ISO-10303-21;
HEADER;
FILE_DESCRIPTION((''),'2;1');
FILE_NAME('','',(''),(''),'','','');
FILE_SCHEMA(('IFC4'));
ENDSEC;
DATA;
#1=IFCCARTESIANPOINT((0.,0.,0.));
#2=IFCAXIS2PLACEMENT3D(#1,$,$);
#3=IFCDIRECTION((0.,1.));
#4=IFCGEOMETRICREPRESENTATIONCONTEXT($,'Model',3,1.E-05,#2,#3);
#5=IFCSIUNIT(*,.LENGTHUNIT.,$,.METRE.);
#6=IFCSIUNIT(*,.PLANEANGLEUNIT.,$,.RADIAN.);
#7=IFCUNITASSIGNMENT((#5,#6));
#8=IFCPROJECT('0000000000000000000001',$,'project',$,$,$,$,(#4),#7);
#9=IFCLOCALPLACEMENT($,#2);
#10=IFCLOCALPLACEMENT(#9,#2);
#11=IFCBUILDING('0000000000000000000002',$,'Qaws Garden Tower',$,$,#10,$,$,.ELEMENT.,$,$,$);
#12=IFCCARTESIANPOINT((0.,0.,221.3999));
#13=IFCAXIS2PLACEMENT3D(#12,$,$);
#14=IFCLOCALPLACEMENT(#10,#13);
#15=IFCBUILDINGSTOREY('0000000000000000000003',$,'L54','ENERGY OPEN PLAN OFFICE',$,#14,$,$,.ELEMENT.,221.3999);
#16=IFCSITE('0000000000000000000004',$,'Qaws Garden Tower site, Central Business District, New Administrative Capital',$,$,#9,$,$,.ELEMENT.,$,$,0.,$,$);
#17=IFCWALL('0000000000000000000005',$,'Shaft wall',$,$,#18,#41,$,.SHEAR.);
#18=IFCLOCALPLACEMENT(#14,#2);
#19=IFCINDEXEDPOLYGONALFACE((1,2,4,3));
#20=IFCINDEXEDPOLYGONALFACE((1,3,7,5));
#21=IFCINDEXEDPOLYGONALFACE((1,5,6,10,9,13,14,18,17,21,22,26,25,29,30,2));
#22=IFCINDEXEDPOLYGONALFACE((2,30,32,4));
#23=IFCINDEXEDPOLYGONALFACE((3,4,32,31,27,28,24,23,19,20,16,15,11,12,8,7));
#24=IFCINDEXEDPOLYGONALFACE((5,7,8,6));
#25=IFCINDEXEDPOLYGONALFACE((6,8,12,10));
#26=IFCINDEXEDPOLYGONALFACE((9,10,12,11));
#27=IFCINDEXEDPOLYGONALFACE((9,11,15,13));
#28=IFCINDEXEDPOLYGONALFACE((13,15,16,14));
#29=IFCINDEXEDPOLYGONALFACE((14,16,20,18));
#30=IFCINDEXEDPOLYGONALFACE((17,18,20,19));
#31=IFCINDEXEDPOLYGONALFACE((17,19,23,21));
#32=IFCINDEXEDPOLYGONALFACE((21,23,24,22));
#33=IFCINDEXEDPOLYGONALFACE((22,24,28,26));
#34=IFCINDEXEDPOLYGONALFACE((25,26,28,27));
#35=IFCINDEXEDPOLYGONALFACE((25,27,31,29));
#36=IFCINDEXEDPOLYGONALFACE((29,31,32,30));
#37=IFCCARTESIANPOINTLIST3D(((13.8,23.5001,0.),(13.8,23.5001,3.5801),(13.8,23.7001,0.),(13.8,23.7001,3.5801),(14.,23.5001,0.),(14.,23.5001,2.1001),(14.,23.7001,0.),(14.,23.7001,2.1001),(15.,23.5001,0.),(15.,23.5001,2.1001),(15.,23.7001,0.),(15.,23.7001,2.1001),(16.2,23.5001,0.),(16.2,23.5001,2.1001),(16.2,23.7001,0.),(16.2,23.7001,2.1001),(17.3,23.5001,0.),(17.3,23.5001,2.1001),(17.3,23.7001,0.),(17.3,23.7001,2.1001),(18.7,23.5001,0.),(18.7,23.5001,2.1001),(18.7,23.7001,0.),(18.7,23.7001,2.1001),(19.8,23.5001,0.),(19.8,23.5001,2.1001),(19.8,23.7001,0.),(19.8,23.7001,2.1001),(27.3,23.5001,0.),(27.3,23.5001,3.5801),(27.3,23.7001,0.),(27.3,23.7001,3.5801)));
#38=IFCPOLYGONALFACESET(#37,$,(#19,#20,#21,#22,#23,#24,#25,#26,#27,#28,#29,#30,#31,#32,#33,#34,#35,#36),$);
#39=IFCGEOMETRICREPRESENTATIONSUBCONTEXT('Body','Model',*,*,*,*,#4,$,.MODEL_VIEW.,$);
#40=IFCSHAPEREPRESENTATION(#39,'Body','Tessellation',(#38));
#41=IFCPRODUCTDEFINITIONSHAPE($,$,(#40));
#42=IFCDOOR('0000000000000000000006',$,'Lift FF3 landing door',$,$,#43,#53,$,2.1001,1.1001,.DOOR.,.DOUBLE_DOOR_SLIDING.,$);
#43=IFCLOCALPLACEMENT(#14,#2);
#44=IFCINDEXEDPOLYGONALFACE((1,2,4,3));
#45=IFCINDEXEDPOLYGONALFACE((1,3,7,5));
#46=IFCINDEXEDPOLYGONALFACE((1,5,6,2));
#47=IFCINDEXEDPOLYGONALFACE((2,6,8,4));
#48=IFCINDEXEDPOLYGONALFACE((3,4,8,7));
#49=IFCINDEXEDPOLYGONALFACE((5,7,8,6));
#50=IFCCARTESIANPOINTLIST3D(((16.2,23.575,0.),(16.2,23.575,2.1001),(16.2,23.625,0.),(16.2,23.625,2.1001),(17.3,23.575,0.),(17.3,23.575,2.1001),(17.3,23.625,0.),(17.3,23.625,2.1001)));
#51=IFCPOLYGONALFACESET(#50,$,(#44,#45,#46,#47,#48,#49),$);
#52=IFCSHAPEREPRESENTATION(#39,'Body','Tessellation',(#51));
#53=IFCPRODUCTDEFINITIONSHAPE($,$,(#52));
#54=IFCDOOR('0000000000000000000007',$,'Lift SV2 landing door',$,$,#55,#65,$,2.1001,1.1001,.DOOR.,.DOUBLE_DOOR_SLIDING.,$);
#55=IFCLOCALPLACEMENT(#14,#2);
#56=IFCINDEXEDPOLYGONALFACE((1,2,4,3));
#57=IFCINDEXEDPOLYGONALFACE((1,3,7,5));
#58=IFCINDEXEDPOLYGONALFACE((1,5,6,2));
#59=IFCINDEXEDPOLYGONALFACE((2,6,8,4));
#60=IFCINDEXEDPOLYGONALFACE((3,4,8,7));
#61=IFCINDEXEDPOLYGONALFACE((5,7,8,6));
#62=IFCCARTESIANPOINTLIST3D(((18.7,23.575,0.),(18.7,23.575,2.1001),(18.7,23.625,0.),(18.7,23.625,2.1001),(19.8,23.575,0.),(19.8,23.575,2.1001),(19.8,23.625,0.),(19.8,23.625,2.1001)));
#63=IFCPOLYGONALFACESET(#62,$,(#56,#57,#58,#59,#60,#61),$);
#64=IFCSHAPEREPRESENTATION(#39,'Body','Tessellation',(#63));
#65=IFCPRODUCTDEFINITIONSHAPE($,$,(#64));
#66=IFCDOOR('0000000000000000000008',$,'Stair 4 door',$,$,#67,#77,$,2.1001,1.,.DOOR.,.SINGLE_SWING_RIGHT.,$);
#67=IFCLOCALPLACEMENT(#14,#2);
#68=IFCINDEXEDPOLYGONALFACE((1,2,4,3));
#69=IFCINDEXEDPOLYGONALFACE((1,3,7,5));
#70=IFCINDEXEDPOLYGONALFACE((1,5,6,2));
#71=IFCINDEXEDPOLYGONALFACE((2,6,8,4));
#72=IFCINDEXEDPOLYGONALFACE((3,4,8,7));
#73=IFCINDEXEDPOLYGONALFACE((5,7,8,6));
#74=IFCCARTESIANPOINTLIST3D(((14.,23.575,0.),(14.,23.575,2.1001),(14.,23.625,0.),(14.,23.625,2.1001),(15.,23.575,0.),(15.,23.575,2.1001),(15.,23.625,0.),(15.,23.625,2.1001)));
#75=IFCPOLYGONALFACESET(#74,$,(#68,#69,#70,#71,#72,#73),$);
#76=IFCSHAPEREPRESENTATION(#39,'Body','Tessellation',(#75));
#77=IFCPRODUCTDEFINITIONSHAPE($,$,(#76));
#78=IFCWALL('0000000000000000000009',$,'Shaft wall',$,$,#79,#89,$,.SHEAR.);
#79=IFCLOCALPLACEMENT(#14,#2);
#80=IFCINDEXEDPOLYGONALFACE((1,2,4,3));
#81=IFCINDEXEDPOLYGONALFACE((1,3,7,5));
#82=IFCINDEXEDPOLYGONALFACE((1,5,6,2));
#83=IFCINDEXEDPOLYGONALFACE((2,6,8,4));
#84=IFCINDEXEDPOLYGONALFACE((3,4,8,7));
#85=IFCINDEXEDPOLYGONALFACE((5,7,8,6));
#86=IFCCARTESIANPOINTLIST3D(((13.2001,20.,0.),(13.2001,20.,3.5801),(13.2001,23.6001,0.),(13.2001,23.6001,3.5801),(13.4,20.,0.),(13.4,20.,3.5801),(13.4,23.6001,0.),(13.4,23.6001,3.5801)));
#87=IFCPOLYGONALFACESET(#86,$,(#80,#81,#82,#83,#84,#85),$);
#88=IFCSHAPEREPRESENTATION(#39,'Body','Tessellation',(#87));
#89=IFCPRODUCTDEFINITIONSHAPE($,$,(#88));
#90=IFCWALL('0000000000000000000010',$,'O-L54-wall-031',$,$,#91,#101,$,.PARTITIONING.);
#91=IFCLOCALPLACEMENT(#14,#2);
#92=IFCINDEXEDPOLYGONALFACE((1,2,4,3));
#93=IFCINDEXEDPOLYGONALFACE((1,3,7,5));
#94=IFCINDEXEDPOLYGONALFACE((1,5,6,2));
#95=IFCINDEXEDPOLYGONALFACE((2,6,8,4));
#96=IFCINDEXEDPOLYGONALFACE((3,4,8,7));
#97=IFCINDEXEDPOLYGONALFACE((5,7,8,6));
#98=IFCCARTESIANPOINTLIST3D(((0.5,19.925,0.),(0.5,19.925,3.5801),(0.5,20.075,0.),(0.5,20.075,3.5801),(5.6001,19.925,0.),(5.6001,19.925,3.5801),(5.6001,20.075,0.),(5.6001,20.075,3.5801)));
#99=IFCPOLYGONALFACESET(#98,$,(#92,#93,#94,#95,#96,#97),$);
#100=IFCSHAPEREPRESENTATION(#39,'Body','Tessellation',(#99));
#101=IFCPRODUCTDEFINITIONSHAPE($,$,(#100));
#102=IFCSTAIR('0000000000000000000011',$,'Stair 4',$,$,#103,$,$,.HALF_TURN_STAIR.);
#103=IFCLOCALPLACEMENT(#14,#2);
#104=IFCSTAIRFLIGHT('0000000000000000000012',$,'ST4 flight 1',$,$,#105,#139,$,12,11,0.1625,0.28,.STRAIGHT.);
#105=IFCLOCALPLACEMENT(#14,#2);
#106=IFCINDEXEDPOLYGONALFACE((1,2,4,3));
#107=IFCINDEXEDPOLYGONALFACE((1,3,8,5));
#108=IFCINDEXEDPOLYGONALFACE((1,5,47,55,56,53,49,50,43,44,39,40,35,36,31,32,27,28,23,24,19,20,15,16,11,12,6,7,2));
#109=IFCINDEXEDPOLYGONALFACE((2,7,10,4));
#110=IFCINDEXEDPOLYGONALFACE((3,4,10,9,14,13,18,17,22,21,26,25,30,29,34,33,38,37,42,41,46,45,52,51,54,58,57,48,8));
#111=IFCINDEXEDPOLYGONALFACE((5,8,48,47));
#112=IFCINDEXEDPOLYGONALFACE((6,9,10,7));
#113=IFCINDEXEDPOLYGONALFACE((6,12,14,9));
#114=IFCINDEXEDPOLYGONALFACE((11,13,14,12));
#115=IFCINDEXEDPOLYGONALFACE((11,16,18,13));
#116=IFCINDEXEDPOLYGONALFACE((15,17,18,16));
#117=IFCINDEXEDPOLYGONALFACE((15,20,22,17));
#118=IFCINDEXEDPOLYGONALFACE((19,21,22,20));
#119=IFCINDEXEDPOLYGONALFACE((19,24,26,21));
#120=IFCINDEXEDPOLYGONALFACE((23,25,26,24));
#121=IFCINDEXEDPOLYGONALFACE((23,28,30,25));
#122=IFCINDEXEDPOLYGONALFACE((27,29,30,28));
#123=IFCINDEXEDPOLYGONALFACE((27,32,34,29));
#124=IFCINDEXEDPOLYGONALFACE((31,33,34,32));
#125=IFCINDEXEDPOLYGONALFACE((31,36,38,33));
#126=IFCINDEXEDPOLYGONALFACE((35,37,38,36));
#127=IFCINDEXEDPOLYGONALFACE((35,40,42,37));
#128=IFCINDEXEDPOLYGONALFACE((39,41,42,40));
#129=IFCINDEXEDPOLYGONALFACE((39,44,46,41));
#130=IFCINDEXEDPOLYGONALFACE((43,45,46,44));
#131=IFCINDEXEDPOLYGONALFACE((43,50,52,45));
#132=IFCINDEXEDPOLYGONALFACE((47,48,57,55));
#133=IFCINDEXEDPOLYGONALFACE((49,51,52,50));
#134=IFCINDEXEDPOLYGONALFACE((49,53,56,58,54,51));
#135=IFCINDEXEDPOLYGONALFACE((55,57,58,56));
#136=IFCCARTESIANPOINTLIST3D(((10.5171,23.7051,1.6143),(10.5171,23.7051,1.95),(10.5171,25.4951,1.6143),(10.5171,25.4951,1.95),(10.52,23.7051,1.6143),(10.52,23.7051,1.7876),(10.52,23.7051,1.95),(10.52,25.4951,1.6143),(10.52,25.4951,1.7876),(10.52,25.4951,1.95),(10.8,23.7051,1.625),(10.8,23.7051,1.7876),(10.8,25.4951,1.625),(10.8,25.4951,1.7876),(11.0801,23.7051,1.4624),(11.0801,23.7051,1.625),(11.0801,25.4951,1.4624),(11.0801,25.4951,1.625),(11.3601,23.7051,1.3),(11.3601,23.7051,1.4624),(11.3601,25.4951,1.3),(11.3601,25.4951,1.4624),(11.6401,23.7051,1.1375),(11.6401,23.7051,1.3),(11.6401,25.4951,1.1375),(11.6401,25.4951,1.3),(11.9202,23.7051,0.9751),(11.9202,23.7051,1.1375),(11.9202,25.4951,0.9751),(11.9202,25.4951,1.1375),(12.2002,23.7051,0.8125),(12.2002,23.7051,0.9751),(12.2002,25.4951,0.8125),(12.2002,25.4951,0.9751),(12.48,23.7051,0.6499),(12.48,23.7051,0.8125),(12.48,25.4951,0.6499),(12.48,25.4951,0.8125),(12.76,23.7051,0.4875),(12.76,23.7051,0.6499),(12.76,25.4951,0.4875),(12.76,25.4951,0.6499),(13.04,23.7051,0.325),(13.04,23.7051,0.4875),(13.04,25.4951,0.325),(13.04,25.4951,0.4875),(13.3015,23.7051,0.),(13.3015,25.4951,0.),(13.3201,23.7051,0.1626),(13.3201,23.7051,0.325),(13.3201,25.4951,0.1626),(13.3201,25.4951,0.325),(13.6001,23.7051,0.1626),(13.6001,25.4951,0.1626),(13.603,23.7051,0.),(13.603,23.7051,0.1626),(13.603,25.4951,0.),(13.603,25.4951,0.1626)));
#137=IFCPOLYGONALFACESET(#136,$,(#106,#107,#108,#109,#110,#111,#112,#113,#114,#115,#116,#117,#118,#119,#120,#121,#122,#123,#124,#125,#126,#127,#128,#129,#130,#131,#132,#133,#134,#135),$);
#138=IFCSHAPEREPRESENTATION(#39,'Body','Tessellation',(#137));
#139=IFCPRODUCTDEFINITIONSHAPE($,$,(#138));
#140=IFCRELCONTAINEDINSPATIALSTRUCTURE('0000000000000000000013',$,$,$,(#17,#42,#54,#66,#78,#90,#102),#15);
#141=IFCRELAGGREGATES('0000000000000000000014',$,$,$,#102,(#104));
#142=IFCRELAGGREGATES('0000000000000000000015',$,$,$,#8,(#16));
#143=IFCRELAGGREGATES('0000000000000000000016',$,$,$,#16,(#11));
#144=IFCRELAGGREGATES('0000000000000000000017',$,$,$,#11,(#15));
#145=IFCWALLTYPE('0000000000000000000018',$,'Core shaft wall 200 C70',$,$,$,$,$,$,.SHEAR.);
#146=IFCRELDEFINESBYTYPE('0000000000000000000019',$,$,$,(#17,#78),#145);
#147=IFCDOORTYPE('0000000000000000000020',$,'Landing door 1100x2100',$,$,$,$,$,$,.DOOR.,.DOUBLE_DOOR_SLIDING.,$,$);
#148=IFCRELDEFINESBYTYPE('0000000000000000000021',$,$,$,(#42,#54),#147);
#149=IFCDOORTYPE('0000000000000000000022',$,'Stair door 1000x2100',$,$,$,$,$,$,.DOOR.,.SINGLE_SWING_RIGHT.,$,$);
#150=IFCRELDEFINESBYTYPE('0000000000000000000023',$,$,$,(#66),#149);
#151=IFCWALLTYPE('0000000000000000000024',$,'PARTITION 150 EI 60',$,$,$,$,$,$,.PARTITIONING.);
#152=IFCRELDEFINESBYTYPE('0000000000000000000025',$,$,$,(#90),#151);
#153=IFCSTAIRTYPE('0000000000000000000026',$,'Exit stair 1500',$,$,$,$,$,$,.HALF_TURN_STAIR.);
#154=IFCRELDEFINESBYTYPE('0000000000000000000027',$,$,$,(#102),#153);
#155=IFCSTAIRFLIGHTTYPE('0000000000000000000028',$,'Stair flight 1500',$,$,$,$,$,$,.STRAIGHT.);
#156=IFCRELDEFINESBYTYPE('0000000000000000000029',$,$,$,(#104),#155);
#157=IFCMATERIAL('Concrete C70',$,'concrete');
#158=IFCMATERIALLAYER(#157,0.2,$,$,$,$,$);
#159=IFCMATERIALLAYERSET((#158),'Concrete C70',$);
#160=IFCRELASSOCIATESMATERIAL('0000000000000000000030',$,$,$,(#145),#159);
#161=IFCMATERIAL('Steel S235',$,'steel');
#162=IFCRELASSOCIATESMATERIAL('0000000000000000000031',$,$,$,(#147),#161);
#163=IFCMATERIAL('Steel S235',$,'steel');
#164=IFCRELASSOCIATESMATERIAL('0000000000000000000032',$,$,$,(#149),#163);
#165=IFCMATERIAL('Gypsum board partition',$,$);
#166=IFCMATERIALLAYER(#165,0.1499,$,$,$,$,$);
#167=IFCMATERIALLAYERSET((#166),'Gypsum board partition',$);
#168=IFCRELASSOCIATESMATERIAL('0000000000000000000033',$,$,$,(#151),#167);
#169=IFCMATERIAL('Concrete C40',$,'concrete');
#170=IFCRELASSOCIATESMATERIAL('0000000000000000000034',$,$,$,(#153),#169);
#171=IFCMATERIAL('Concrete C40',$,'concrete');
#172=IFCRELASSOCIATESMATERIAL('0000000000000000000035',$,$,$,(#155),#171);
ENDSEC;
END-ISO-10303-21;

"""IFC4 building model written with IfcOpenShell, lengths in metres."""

from ifc_helpers import new_model, si_unit, direction, frame, frame_2d, origin, place, context, subcontext, project, spatial, polyline, rectangle, outline, extrude, material, layer, layer_set, type_object, element, fill, aggregate, save


model = new_model("IFC4")

# Units and contexts
model_context = context("Model", 3, precision=1e-05, world=origin(), true_north=direction((0.0, 1.0)))
body_context = subcontext(model_context, "Body", "Model", "MODEL_VIEW")
ifc_project = project(units=[si_unit("LENGTHUNIT", "METRE"), si_unit("PLANEANGLEUNIT", "RADIAN")], contexts=[model_context])

# Site, building, storey
site_placement = place(None, origin())
site = spatial("IfcSite", under=ifc_project, at=site_placement, Name="Qaws Garden Tower site, Central Business District, New Administrative Capital", CompositionType="ELEMENT", RefElevation=0.0)
building_placement = place(site_placement, origin())
building = spatial("IfcBuilding", under=site, at=building_placement, Name="Qaws Garden Tower", CompositionType="ELEMENT")
storey_placement = place(building_placement, frame((0.0, 0.0, 221.3999)))
storey = spatial("IfcBuildingStorey", under=building, at=storey_placement, Name="L54", Description="ENERGY OPEN PLAN OFFICE", CompositionType="ELEMENT", Elevation=221.3999)

# Shared definitions
ifc_material_1 = material(Name="Concrete C70", Category="concrete")
ifc_layer_1 = layer(ifc_material_1, 0.2)
ifc_layer_set_1 = layer_set([ifc_layer_1], Name="Concrete C70")
wall_type_1 = type_object("IfcWallType", Name="Core shaft wall 200 C70", PredefinedType="SHEAR", material=ifc_layer_set_1)

# Wall, openings, doors
wall_1_placement = place(storey_placement, frame((13.8, 23.6001, 0.0), z_axis=(0.0, 0.0, 1.0), x_axis=(1.0, 0.0, 0.0)))
wall_1 = element("IfcWall", 1, at=wall_1_placement, inside=storey, type_object=wall_type_1, Name="Shaft wall", PredefinedType="SHEAR", context=body_context, shape_type="SweptSolid", body=[
    extrude(rectangle(XDim=13.5, YDim=0.2, at=frame_2d((6.75, 0.0))), origin(), (0.0, 0.0, 1.0), 3.5801),
])
opening_1_placement = place(wall_1_placement, frame((2.3999, 0.0, 0.0)))
opening_1 = element("IfcOpeningElement", 2, at=opening_1_placement, cuts=wall_1, PredefinedType="OPENING", context=body_context, shape_type="SweptSolid", body=[
    extrude(rectangle(XDim=1.1001, YDim=2.1001, at=frame_2d((0.55, 1.05))), frame((0.0, 0.1099, 0.0), z_axis=(0.0, -1.0, 0.0), x_axis=(1.0, 0.0, 0.0)), (0.0, 0.0, 1.0), 0.22),
])
opening_2_placement = place(wall_1_placement, frame((4.8999, 0.0, 0.0)))
opening_2 = element("IfcOpeningElement", 3, at=opening_2_placement, cuts=wall_1, PredefinedType="OPENING", context=body_context, shape_type="SweptSolid", body=[
    extrude(rectangle(XDim=1.1001, YDim=2.1001, at=frame_2d((0.55, 1.05))), frame((0.0, 0.1099, 0.0), z_axis=(0.0, -1.0, 0.0), x_axis=(1.0, 0.0, 0.0)), (0.0, 0.0, 1.0), 0.22),
])
opening_3_placement = place(wall_1_placement, frame((0.2, 0.0, 0.0)))
opening_3 = element("IfcOpeningElement", 4, at=opening_3_placement, cuts=wall_1, PredefinedType="OPENING", context=body_context, shape_type="SweptSolid", body=[
    extrude(rectangle(XDim=1.0, YDim=2.1001, at=frame_2d((0.5, 1.05))), frame((0.0, 0.1099, 0.0), z_axis=(0.0, -1.0, 0.0), x_axis=(1.0, 0.0, 0.0)), (0.0, 0.0, 1.0), 0.22),
])
ifc_material_2 = material(Name="Steel S235", Category="steel")
door_type_1 = type_object("IfcDoorType", Name="Landing door 1100x2100", OperationType="DOUBLE_DOOR_SLIDING", PredefinedType="DOOR", material=ifc_material_2)
door_1_placement = place(opening_1_placement, origin())
door_1 = element("IfcDoor", 5, at=door_1_placement, inside=storey, type_object=door_type_1, Name="Lift FF3 landing door", OperationType="DOUBLE_DOOR_SLIDING", OverallHeight=2.1001, OverallWidth=1.1001, PredefinedType="DOOR", context=body_context, shape_type="SweptSolid", body=[
    extrude(rectangle(XDim=1.1001, YDim=2.1001, at=frame_2d((0.55, 1.05))), frame((0.0, 0.0249, 0.0), z_axis=(0.0, -1.0, 0.0), x_axis=(1.0, 0.0, 0.0)), (0.0, 0.0, 1.0), 0.05),
])
fill(opening_1, door_1)
door_2_placement = place(opening_2_placement, origin())
door_2 = element("IfcDoor", 6, at=door_2_placement, inside=storey, type_object=door_type_1, Name="Lift SV2 landing door", OperationType="DOUBLE_DOOR_SLIDING", OverallHeight=2.1001, OverallWidth=1.1001, PredefinedType="DOOR", context=body_context, shape_type="SweptSolid", body=[
    extrude(rectangle(XDim=1.1001, YDim=2.1001, at=frame_2d((0.55, 1.05))), frame((0.0, 0.0249, 0.0), z_axis=(0.0, -1.0, 0.0), x_axis=(1.0, 0.0, 0.0)), (0.0, 0.0, 1.0), 0.05),
])
fill(opening_2, door_2)
ifc_material_3 = material(Name="Steel S235", Category="steel")
door_type_2 = type_object("IfcDoorType", Name="Stair door 1000x2100", OperationType="SINGLE_SWING_RIGHT", PredefinedType="DOOR", material=ifc_material_3)
door_3_placement = place(opening_3_placement, origin())
door_3 = element("IfcDoor", 7, at=door_3_placement, inside=storey, type_object=door_type_2, Name="Stair 4 door", OperationType="SINGLE_SWING_RIGHT", OverallHeight=2.1001, OverallWidth=1.0, PredefinedType="DOOR", context=body_context, shape_type="SweptSolid", body=[
    extrude(rectangle(XDim=1.0, YDim=2.1001, at=frame_2d((0.5, 1.05))), frame((0.0, 0.0249, 0.0), z_axis=(0.0, -1.0, 0.0), x_axis=(1.0, 0.0, 0.0)), (0.0, 0.0, 1.0), 0.05),
])
fill(opening_3, door_3)

# Walls
wall_2_placement = place(storey_placement, frame((13.3, 20.0, 0.0), z_axis=(0.0, 0.0, 1.0), x_axis=(0.0, 1.0, 0.0)))
element("IfcWall", 8, at=wall_2_placement, inside=storey, type_object=wall_type_1, Name="Shaft wall", PredefinedType="SHEAR", context=body_context, shape_type="SweptSolid", body=[
    extrude(rectangle(XDim=3.6001, YDim=0.2, at=frame_2d((1.8, 0.0))), origin(), (0.0, 0.0, 1.0), 3.5801),
])
ifc_material_4 = material(Name="Gypsum board partition")
ifc_layer_2 = layer(ifc_material_4, 0.1499)
ifc_layer_set_2 = layer_set([ifc_layer_2], Name="Gypsum board partition")
wall_type_2 = type_object("IfcWallType", Name="PARTITION 150 EI 60", PredefinedType="PARTITIONING", material=ifc_layer_set_2)
wall_3_placement = place(storey_placement, frame((0.5, 20.0, 0.0), z_axis=(0.0, 0.0, 1.0), x_axis=(1.0, 0.0, 0.0)))
element("IfcWall", 9, at=wall_3_placement, inside=storey, type_object=wall_type_2, Name="O-L54-wall-031", PredefinedType="PARTITIONING", context=body_context, shape_type="SweptSolid", body=[
    extrude(rectangle(XDim=5.1001, YDim=0.1499, at=frame_2d((2.55, 0.0))), origin(), (0.0, 0.0, 1.0), 3.5801),
])

# Stair, stair flight
ifc_material_5 = material(Name="Concrete C40", Category="concrete")
stair_type = type_object("IfcStairType", Name="Exit stair 1500", PredefinedType="HALF_TURN_STAIR", material=ifc_material_5)
stair_placement = place(storey_placement, origin())
stair = element("IfcStair", 10, at=stair_placement, inside=storey, type_object=stair_type, Name="Stair 4", PredefinedType="HALF_TURN_STAIR")
ifc_material_6 = material(Name="Concrete C40", Category="concrete")
stair_flight_type = type_object("IfcStairFlightType", Name="Stair flight 1500", PredefinedType="STRAIGHT", material=ifc_material_6)
stair_flight_placement = place(storey_placement, frame((13.6001, 24.6001, 0.0), z_axis=(0.0, 0.0, 1.0), x_axis=(-1.0, 0.0, 0.0)))
stair_flight = element("IfcStairFlight", 11, at=stair_flight_placement, type_object=stair_flight_type, Name="ST4 flight 1", NumberOfRisers=12, NumberOfTreads=11, PredefinedType="STRAIGHT", RiserHeight=0.1625, TreadLength=0.28, context=body_context, shape_type="SweptSolid", body=[
    extrude(outline(polyline([(-0.0029, 0.0), (-0.0029, 0.1626), (0.0, 0.1626), (0.28, 0.1626), (0.28, 0.325), (0.5601, 0.325), (0.5601, 0.4875), (0.8401, 0.4875), (0.8401, 0.6499), (1.1201, 0.6499), (1.1201, 0.8125), (1.3999, 0.8125), (1.3999, 0.9751), (1.6799, 0.9751), (1.6799, 1.1375), (1.96, 1.1375), (1.96, 1.3), (2.24, 1.3), (2.24, 1.4624), (2.52, 1.4624), (2.52, 1.625), (2.8, 1.625), (2.8, 1.7876), (3.0801, 1.7876), (3.0801, 1.95), (3.083, 1.95), (3.083, 1.6143), (3.0801, 1.6143), (0.2986, 0.0), (-0.0029, 0.0)])), frame((0.0, 0.895, 0.0), z_axis=(0.0, -1.0, 0.0), x_axis=(1.0, 0.0, 0.0)), (0.0, 0.0, 1.0), 1.79),
])
aggregate(stair, [stair_flight])

save(model, "model.ifc")
